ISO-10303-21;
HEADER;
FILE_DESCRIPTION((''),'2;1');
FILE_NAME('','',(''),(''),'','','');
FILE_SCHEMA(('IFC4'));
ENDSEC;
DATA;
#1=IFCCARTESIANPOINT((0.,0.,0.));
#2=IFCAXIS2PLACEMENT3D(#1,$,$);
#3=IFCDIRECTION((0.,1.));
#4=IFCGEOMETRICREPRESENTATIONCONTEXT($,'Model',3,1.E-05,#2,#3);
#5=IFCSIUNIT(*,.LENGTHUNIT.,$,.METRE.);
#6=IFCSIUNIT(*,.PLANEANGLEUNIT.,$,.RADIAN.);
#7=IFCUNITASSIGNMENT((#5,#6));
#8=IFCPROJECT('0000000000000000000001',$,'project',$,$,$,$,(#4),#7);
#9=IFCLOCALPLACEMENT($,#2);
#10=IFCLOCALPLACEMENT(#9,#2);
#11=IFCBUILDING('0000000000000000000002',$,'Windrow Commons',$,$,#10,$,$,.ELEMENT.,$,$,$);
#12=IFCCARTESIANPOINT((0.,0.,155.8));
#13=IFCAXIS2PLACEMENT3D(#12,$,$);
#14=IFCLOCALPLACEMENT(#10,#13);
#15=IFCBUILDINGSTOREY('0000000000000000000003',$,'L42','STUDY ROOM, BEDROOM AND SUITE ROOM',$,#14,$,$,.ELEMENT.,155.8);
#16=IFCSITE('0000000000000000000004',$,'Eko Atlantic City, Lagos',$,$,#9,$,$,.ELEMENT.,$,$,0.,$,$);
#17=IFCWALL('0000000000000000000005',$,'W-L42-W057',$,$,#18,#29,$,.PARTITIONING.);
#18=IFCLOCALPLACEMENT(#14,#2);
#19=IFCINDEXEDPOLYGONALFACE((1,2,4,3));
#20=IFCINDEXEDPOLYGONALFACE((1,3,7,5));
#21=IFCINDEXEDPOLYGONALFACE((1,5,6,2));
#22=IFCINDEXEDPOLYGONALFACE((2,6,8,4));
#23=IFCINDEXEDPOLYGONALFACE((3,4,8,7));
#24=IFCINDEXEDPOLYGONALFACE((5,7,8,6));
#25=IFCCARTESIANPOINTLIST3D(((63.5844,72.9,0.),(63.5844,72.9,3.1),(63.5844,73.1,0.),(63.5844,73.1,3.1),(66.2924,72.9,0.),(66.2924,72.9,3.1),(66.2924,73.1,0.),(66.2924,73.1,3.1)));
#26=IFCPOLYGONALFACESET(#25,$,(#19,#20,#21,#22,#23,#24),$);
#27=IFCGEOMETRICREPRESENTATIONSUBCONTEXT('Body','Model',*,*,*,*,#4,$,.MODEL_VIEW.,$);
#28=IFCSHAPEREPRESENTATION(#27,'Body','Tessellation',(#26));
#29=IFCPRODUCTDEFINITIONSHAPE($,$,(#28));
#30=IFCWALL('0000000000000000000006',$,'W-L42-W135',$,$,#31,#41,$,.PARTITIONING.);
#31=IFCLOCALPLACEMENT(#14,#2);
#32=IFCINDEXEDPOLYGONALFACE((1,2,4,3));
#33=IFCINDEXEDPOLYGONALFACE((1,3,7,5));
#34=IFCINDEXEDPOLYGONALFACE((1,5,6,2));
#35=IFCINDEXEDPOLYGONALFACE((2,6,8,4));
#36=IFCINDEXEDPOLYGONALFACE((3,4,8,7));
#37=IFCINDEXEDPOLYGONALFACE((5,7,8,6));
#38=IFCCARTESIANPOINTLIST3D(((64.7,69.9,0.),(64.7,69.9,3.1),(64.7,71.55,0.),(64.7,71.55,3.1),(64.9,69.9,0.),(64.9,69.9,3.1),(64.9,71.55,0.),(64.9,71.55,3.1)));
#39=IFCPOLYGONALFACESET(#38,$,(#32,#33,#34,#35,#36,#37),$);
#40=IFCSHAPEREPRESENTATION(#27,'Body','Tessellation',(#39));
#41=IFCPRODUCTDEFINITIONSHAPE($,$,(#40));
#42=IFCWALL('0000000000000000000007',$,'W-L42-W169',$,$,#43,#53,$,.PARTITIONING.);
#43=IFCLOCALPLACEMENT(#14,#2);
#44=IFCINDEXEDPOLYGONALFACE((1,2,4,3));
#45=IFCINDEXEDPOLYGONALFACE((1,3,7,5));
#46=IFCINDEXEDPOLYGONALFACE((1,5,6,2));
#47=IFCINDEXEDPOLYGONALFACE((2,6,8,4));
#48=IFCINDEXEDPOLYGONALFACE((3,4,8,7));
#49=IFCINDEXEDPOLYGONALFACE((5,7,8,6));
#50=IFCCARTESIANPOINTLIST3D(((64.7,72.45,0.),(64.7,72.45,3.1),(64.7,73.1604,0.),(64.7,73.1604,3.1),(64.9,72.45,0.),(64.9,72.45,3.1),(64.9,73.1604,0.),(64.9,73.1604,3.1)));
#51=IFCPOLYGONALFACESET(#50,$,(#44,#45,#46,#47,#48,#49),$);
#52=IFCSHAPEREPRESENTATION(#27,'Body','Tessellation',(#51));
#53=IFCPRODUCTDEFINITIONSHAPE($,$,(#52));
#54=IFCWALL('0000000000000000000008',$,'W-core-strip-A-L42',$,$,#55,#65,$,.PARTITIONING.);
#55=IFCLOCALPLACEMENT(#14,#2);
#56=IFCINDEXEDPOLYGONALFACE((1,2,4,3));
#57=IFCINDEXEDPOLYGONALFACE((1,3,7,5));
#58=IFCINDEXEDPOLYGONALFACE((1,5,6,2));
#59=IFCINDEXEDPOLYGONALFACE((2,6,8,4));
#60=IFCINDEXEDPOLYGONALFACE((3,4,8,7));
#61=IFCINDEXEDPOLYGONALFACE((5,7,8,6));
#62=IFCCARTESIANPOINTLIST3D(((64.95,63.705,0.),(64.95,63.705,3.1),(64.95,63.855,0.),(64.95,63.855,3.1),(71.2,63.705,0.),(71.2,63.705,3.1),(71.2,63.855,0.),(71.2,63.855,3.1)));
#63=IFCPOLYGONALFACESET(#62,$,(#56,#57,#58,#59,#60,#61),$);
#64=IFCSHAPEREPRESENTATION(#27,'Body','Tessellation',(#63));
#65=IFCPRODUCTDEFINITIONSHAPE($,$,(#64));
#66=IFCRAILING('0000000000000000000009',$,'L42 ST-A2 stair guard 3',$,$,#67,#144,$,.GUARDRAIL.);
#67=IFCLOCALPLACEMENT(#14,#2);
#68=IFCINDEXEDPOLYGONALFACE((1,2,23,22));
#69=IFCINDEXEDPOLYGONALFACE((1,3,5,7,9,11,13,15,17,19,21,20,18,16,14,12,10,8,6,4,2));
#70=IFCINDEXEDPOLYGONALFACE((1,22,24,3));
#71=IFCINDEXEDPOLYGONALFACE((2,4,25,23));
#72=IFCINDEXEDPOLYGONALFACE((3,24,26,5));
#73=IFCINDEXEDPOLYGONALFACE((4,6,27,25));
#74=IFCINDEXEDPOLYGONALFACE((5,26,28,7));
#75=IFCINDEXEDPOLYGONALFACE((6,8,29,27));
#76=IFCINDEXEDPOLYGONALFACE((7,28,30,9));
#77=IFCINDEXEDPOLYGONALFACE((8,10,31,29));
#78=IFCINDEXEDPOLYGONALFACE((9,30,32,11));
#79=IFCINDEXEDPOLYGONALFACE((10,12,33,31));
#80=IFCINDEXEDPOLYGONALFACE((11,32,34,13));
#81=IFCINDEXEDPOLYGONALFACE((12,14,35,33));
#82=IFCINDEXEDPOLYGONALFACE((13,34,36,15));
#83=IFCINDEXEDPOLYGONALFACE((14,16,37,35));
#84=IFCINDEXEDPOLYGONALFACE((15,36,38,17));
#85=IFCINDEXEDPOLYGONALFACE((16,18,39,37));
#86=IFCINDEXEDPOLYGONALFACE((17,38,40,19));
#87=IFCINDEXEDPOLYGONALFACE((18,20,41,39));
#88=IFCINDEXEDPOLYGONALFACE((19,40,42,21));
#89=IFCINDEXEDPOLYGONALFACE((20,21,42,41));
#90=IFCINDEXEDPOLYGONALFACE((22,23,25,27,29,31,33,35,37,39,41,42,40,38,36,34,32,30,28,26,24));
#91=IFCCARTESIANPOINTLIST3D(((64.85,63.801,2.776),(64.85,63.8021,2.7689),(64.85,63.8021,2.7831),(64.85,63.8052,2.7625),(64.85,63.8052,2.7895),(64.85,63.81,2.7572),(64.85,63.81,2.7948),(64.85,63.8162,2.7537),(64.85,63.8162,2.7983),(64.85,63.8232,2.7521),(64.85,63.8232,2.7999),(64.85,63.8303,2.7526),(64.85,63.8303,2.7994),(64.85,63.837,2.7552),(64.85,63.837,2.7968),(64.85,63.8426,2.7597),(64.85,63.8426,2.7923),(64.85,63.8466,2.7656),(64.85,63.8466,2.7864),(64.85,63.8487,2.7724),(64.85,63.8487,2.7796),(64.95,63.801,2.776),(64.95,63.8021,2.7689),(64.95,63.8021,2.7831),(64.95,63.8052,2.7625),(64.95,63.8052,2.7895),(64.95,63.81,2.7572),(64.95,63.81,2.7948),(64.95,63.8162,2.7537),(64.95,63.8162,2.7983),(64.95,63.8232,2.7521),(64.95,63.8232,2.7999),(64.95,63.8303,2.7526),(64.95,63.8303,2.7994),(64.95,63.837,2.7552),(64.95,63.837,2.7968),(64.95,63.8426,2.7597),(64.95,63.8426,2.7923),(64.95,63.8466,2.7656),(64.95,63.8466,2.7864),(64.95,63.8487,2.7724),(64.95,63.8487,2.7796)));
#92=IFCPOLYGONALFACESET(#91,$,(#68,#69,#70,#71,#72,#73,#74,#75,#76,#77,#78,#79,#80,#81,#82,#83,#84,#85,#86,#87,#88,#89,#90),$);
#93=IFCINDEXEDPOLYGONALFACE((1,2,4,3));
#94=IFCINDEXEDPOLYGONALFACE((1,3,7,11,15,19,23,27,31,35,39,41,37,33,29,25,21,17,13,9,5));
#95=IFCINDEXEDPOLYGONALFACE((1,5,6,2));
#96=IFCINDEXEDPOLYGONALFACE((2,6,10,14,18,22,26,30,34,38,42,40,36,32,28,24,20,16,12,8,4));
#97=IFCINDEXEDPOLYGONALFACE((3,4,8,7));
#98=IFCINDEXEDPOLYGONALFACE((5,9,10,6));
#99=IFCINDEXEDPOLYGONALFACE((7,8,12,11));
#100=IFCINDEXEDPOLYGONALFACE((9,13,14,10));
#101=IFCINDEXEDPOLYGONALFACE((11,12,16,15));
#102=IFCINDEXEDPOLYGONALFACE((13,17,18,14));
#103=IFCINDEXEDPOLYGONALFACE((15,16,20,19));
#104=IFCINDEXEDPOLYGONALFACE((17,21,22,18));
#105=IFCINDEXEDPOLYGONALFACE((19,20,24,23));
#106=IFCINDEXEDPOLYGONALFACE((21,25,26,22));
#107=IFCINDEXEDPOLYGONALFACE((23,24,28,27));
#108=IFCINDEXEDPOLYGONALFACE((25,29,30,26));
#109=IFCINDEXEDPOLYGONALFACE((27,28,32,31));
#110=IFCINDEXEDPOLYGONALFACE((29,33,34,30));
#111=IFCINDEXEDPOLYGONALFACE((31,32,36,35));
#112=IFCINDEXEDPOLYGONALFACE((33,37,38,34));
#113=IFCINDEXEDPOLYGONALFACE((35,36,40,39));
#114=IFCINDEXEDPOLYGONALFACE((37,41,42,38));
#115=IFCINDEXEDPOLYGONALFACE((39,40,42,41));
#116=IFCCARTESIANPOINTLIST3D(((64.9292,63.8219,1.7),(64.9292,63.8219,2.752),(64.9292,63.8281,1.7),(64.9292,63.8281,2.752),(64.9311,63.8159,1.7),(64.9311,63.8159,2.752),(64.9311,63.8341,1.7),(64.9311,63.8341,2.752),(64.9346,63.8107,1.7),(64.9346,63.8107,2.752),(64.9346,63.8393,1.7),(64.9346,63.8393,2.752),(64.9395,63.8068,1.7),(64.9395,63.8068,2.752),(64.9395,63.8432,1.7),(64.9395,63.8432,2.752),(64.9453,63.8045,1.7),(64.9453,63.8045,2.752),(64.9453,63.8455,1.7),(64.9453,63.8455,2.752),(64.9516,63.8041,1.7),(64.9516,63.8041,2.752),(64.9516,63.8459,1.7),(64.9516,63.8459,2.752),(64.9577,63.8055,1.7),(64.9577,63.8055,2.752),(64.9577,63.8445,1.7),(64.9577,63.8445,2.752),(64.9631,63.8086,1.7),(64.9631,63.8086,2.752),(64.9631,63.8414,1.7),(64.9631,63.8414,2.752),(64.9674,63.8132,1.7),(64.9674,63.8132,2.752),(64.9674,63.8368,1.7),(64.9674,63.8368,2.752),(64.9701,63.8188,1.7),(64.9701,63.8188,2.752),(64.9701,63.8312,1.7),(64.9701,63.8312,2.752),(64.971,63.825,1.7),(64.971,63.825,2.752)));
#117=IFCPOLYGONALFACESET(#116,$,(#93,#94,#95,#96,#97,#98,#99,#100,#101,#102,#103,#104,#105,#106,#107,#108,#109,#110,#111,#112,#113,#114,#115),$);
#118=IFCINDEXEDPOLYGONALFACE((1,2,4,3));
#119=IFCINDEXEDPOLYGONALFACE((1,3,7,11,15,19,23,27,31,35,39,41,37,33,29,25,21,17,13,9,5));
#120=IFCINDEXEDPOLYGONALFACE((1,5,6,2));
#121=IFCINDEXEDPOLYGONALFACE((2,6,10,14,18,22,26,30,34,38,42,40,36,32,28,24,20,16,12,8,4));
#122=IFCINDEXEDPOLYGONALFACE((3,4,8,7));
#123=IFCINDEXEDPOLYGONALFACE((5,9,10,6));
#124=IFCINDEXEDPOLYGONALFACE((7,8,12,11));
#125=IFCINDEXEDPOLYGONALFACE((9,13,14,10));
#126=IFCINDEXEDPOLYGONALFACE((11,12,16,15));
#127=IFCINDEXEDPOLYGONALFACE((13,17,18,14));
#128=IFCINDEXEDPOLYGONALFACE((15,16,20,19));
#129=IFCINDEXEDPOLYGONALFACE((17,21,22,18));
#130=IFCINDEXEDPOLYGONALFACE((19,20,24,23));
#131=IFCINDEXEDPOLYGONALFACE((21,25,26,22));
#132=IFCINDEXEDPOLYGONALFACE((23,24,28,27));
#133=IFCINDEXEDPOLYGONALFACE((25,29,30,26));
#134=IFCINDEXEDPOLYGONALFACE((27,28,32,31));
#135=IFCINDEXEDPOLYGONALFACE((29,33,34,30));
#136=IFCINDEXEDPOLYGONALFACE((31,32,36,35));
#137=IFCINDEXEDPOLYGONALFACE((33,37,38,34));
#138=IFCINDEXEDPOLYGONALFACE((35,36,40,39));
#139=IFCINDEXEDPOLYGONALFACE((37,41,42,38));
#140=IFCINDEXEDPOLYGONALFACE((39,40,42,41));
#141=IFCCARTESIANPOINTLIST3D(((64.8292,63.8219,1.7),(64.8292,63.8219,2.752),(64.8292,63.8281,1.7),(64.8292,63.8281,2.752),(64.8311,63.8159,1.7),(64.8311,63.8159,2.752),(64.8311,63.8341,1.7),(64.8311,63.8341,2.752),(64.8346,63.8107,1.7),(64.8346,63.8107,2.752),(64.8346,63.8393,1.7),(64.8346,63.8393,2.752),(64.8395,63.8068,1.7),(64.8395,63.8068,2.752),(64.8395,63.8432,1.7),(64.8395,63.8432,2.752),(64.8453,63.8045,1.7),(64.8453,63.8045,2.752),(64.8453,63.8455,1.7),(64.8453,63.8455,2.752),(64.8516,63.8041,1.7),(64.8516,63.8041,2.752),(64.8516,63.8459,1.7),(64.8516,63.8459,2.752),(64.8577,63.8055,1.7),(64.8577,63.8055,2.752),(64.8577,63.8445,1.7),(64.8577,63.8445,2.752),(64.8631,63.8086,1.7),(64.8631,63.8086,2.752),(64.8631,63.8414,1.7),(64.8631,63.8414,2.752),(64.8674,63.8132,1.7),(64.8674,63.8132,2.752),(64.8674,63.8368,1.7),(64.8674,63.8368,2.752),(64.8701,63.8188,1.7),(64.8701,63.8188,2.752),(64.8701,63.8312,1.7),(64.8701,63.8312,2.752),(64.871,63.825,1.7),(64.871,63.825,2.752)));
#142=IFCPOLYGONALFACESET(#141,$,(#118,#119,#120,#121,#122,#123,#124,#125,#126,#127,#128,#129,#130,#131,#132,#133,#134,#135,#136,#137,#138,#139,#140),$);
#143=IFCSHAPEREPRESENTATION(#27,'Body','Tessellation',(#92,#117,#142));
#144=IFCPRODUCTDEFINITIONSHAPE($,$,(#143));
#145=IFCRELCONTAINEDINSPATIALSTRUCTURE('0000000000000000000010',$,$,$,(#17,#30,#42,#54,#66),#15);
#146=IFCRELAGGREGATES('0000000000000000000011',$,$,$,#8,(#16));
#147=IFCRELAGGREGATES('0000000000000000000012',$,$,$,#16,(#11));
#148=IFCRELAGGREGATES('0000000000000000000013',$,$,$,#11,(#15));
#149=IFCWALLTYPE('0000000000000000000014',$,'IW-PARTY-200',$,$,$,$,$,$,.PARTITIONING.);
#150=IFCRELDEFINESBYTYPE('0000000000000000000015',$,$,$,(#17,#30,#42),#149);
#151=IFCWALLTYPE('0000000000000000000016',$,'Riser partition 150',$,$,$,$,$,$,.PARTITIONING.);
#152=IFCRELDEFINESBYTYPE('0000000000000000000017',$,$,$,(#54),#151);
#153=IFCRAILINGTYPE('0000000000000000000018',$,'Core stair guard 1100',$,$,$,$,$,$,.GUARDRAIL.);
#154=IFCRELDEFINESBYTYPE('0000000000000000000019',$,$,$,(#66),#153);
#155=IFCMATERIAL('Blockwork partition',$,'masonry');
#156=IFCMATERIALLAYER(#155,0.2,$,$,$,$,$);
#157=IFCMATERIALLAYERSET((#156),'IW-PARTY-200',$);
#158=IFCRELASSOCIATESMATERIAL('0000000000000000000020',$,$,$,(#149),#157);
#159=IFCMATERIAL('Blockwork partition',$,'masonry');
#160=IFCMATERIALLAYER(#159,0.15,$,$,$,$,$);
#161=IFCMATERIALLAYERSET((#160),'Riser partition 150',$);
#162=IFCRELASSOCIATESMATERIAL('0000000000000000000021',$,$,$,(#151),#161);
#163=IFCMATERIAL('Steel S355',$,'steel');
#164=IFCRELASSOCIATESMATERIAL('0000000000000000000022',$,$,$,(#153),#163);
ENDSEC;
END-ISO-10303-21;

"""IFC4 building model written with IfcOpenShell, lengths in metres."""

from ifc_helpers import new_model, si_unit, direction, frame, frame_2d, origin, origin_2d, place, context, subcontext, project, spatial, rectangle, circle, extrude, material, layer, layer_set, type_object, element, save


model = new_model("IFC4")

# Units and contexts
model_context = context("Model", 3, precision=1e-05, world=origin(), true_north=direction((0.0, 1.0)))
body_context = subcontext(model_context, "Body", "Model", "MODEL_VIEW")
ifc_project = project(units=[si_unit("LENGTHUNIT", "METRE"), si_unit("PLANEANGLEUNIT", "RADIAN")], contexts=[model_context])

# Site, building, storey
site_placement = place(None, origin())
site = spatial("IfcSite", under=ifc_project, at=site_placement, Name="Eko Atlantic City, Lagos", CompositionType="ELEMENT", RefElevation=0.0)
building_placement = place(site_placement, origin())
building = spatial("IfcBuilding", under=site, at=building_placement, Name="Windrow Commons", CompositionType="ELEMENT")
storey_placement = place(building_placement, frame((0.0, 0.0, 155.8)))
storey = spatial("IfcBuildingStorey", under=building, at=storey_placement, Name="L42", Description="STUDY ROOM, BEDROOM AND SUITE ROOM", CompositionType="ELEMENT", Elevation=155.8)

# Walls
ifc_material_1 = material(Name="Blockwork partition", Category="masonry")
ifc_layer_1 = layer(ifc_material_1, 0.2)
ifc_layer_set_1 = layer_set([ifc_layer_1], Name="IW-PARTY-200")
wall_type_1 = type_object("IfcWallType", Name="IW-PARTY-200", PredefinedType="PARTITIONING", material=ifc_layer_set_1)
wall_1_placement = place(storey_placement, frame((63.5845, 73.0, 0.0), z_axis=(0.0, 0.0, 1.0), x_axis=(1.0, 0.0, 0.0)))
element("IfcWall", 1, at=wall_1_placement, inside=storey, type_object=wall_type_1, Name="W-L42-W057", PredefinedType="PARTITIONING", context=body_context, shape_type="SweptSolid", body=[
    extrude(rectangle(XDim=2.7079, YDim=0.2, at=frame_2d((1.3539, 0.0))), origin(), (0.0, 0.0, 1.0), 3.1),
])
wall_2_placement = place(storey_placement, frame((64.8, 69.9, 0.0), z_axis=(0.0, 0.0, 1.0), x_axis=(0.0, 1.0, 0.0)))
element("IfcWall", 2, at=wall_2_placement, inside=storey, type_object=wall_type_1, Name="W-L42-W135", PredefinedType="PARTITIONING", context=body_context, shape_type="SweptSolid", body=[
    extrude(rectangle(XDim=1.65, YDim=0.2, at=frame_2d((0.825, 0.0))), origin(), (0.0, 0.0, 1.0), 3.1),
])
wall_3_placement = place(storey_placement, frame((64.8, 72.45, 0.0), z_axis=(0.0, 0.0, 1.0), x_axis=(0.0, 1.0, 0.0)))
element("IfcWall", 3, at=wall_3_placement, inside=storey, type_object=wall_type_1, Name="W-L42-W169", PredefinedType="PARTITIONING", context=body_context, shape_type="SweptSolid", body=[
    extrude(rectangle(XDim=0.7104, YDim=0.2, at=frame_2d((0.3552, 0.0))), origin(), (0.0, 0.0, 1.0), 3.1),
])
ifc_material_2 = material(Name="Blockwork partition", Category="masonry")
ifc_layer_2 = layer(ifc_material_2, 0.15)
ifc_layer_set_2 = layer_set([ifc_layer_2], Name="Riser partition 150")
wall_type_2 = type_object("IfcWallType", Name="Riser partition 150", PredefinedType="PARTITIONING", material=ifc_layer_set_2)
wall_4_placement = place(storey_placement, frame((64.95, 63.78, 0.0), z_axis=(0.0, 0.0, 1.0), x_axis=(1.0, 0.0, 0.0)))
element("IfcWall", 4, at=wall_4_placement, inside=storey, type_object=wall_type_2, Name="W-core-strip-A-L42", PredefinedType="PARTITIONING", context=body_context, shape_type="SweptSolid", body=[
    extrude(rectangle(XDim=6.25, YDim=0.15, at=frame_2d((3.125, 0.0))), origin(), (0.0, 0.0, 1.0), 3.1),
])

# Railing
ifc_material_3 = material(Name="Steel S355", Category="steel")
railing_type_1 = type_object("IfcRailingType", Name="Core stair guard 1100", PredefinedType="GUARDRAIL", material=ifc_material_3)
railing_1_placement = place(storey_placement, frame((64.95, 63.825, 1.7)))
element("IfcRailing", 5, at=railing_1_placement, inside=storey, type_object=railing_type_1, Name="L42 ST-A2 stair guard 3", PredefinedType="GUARDRAIL", context=body_context, shape_type="SweptSolid", body=[
    extrude(circle(Radius=0.024, at=origin_2d()), frame((0.0, 0.0, 1.076), z_axis=(-1.0, 0.0, 0.0), x_axis=(0.0, -1.0, 0.0)), (0.0, 0.0, 1.0), 0.1),
    extrude(circle(Radius=0.021, at=origin_2d()), origin(), (0.0, 0.0, 1.0), 1.052),
    extrude(circle(Radius=0.021, at=origin_2d()), frame((-0.1, 0.0, 0.0)), (0.0, 0.0, 1.0), 1.052),
])

save(model, "model.ifc")
